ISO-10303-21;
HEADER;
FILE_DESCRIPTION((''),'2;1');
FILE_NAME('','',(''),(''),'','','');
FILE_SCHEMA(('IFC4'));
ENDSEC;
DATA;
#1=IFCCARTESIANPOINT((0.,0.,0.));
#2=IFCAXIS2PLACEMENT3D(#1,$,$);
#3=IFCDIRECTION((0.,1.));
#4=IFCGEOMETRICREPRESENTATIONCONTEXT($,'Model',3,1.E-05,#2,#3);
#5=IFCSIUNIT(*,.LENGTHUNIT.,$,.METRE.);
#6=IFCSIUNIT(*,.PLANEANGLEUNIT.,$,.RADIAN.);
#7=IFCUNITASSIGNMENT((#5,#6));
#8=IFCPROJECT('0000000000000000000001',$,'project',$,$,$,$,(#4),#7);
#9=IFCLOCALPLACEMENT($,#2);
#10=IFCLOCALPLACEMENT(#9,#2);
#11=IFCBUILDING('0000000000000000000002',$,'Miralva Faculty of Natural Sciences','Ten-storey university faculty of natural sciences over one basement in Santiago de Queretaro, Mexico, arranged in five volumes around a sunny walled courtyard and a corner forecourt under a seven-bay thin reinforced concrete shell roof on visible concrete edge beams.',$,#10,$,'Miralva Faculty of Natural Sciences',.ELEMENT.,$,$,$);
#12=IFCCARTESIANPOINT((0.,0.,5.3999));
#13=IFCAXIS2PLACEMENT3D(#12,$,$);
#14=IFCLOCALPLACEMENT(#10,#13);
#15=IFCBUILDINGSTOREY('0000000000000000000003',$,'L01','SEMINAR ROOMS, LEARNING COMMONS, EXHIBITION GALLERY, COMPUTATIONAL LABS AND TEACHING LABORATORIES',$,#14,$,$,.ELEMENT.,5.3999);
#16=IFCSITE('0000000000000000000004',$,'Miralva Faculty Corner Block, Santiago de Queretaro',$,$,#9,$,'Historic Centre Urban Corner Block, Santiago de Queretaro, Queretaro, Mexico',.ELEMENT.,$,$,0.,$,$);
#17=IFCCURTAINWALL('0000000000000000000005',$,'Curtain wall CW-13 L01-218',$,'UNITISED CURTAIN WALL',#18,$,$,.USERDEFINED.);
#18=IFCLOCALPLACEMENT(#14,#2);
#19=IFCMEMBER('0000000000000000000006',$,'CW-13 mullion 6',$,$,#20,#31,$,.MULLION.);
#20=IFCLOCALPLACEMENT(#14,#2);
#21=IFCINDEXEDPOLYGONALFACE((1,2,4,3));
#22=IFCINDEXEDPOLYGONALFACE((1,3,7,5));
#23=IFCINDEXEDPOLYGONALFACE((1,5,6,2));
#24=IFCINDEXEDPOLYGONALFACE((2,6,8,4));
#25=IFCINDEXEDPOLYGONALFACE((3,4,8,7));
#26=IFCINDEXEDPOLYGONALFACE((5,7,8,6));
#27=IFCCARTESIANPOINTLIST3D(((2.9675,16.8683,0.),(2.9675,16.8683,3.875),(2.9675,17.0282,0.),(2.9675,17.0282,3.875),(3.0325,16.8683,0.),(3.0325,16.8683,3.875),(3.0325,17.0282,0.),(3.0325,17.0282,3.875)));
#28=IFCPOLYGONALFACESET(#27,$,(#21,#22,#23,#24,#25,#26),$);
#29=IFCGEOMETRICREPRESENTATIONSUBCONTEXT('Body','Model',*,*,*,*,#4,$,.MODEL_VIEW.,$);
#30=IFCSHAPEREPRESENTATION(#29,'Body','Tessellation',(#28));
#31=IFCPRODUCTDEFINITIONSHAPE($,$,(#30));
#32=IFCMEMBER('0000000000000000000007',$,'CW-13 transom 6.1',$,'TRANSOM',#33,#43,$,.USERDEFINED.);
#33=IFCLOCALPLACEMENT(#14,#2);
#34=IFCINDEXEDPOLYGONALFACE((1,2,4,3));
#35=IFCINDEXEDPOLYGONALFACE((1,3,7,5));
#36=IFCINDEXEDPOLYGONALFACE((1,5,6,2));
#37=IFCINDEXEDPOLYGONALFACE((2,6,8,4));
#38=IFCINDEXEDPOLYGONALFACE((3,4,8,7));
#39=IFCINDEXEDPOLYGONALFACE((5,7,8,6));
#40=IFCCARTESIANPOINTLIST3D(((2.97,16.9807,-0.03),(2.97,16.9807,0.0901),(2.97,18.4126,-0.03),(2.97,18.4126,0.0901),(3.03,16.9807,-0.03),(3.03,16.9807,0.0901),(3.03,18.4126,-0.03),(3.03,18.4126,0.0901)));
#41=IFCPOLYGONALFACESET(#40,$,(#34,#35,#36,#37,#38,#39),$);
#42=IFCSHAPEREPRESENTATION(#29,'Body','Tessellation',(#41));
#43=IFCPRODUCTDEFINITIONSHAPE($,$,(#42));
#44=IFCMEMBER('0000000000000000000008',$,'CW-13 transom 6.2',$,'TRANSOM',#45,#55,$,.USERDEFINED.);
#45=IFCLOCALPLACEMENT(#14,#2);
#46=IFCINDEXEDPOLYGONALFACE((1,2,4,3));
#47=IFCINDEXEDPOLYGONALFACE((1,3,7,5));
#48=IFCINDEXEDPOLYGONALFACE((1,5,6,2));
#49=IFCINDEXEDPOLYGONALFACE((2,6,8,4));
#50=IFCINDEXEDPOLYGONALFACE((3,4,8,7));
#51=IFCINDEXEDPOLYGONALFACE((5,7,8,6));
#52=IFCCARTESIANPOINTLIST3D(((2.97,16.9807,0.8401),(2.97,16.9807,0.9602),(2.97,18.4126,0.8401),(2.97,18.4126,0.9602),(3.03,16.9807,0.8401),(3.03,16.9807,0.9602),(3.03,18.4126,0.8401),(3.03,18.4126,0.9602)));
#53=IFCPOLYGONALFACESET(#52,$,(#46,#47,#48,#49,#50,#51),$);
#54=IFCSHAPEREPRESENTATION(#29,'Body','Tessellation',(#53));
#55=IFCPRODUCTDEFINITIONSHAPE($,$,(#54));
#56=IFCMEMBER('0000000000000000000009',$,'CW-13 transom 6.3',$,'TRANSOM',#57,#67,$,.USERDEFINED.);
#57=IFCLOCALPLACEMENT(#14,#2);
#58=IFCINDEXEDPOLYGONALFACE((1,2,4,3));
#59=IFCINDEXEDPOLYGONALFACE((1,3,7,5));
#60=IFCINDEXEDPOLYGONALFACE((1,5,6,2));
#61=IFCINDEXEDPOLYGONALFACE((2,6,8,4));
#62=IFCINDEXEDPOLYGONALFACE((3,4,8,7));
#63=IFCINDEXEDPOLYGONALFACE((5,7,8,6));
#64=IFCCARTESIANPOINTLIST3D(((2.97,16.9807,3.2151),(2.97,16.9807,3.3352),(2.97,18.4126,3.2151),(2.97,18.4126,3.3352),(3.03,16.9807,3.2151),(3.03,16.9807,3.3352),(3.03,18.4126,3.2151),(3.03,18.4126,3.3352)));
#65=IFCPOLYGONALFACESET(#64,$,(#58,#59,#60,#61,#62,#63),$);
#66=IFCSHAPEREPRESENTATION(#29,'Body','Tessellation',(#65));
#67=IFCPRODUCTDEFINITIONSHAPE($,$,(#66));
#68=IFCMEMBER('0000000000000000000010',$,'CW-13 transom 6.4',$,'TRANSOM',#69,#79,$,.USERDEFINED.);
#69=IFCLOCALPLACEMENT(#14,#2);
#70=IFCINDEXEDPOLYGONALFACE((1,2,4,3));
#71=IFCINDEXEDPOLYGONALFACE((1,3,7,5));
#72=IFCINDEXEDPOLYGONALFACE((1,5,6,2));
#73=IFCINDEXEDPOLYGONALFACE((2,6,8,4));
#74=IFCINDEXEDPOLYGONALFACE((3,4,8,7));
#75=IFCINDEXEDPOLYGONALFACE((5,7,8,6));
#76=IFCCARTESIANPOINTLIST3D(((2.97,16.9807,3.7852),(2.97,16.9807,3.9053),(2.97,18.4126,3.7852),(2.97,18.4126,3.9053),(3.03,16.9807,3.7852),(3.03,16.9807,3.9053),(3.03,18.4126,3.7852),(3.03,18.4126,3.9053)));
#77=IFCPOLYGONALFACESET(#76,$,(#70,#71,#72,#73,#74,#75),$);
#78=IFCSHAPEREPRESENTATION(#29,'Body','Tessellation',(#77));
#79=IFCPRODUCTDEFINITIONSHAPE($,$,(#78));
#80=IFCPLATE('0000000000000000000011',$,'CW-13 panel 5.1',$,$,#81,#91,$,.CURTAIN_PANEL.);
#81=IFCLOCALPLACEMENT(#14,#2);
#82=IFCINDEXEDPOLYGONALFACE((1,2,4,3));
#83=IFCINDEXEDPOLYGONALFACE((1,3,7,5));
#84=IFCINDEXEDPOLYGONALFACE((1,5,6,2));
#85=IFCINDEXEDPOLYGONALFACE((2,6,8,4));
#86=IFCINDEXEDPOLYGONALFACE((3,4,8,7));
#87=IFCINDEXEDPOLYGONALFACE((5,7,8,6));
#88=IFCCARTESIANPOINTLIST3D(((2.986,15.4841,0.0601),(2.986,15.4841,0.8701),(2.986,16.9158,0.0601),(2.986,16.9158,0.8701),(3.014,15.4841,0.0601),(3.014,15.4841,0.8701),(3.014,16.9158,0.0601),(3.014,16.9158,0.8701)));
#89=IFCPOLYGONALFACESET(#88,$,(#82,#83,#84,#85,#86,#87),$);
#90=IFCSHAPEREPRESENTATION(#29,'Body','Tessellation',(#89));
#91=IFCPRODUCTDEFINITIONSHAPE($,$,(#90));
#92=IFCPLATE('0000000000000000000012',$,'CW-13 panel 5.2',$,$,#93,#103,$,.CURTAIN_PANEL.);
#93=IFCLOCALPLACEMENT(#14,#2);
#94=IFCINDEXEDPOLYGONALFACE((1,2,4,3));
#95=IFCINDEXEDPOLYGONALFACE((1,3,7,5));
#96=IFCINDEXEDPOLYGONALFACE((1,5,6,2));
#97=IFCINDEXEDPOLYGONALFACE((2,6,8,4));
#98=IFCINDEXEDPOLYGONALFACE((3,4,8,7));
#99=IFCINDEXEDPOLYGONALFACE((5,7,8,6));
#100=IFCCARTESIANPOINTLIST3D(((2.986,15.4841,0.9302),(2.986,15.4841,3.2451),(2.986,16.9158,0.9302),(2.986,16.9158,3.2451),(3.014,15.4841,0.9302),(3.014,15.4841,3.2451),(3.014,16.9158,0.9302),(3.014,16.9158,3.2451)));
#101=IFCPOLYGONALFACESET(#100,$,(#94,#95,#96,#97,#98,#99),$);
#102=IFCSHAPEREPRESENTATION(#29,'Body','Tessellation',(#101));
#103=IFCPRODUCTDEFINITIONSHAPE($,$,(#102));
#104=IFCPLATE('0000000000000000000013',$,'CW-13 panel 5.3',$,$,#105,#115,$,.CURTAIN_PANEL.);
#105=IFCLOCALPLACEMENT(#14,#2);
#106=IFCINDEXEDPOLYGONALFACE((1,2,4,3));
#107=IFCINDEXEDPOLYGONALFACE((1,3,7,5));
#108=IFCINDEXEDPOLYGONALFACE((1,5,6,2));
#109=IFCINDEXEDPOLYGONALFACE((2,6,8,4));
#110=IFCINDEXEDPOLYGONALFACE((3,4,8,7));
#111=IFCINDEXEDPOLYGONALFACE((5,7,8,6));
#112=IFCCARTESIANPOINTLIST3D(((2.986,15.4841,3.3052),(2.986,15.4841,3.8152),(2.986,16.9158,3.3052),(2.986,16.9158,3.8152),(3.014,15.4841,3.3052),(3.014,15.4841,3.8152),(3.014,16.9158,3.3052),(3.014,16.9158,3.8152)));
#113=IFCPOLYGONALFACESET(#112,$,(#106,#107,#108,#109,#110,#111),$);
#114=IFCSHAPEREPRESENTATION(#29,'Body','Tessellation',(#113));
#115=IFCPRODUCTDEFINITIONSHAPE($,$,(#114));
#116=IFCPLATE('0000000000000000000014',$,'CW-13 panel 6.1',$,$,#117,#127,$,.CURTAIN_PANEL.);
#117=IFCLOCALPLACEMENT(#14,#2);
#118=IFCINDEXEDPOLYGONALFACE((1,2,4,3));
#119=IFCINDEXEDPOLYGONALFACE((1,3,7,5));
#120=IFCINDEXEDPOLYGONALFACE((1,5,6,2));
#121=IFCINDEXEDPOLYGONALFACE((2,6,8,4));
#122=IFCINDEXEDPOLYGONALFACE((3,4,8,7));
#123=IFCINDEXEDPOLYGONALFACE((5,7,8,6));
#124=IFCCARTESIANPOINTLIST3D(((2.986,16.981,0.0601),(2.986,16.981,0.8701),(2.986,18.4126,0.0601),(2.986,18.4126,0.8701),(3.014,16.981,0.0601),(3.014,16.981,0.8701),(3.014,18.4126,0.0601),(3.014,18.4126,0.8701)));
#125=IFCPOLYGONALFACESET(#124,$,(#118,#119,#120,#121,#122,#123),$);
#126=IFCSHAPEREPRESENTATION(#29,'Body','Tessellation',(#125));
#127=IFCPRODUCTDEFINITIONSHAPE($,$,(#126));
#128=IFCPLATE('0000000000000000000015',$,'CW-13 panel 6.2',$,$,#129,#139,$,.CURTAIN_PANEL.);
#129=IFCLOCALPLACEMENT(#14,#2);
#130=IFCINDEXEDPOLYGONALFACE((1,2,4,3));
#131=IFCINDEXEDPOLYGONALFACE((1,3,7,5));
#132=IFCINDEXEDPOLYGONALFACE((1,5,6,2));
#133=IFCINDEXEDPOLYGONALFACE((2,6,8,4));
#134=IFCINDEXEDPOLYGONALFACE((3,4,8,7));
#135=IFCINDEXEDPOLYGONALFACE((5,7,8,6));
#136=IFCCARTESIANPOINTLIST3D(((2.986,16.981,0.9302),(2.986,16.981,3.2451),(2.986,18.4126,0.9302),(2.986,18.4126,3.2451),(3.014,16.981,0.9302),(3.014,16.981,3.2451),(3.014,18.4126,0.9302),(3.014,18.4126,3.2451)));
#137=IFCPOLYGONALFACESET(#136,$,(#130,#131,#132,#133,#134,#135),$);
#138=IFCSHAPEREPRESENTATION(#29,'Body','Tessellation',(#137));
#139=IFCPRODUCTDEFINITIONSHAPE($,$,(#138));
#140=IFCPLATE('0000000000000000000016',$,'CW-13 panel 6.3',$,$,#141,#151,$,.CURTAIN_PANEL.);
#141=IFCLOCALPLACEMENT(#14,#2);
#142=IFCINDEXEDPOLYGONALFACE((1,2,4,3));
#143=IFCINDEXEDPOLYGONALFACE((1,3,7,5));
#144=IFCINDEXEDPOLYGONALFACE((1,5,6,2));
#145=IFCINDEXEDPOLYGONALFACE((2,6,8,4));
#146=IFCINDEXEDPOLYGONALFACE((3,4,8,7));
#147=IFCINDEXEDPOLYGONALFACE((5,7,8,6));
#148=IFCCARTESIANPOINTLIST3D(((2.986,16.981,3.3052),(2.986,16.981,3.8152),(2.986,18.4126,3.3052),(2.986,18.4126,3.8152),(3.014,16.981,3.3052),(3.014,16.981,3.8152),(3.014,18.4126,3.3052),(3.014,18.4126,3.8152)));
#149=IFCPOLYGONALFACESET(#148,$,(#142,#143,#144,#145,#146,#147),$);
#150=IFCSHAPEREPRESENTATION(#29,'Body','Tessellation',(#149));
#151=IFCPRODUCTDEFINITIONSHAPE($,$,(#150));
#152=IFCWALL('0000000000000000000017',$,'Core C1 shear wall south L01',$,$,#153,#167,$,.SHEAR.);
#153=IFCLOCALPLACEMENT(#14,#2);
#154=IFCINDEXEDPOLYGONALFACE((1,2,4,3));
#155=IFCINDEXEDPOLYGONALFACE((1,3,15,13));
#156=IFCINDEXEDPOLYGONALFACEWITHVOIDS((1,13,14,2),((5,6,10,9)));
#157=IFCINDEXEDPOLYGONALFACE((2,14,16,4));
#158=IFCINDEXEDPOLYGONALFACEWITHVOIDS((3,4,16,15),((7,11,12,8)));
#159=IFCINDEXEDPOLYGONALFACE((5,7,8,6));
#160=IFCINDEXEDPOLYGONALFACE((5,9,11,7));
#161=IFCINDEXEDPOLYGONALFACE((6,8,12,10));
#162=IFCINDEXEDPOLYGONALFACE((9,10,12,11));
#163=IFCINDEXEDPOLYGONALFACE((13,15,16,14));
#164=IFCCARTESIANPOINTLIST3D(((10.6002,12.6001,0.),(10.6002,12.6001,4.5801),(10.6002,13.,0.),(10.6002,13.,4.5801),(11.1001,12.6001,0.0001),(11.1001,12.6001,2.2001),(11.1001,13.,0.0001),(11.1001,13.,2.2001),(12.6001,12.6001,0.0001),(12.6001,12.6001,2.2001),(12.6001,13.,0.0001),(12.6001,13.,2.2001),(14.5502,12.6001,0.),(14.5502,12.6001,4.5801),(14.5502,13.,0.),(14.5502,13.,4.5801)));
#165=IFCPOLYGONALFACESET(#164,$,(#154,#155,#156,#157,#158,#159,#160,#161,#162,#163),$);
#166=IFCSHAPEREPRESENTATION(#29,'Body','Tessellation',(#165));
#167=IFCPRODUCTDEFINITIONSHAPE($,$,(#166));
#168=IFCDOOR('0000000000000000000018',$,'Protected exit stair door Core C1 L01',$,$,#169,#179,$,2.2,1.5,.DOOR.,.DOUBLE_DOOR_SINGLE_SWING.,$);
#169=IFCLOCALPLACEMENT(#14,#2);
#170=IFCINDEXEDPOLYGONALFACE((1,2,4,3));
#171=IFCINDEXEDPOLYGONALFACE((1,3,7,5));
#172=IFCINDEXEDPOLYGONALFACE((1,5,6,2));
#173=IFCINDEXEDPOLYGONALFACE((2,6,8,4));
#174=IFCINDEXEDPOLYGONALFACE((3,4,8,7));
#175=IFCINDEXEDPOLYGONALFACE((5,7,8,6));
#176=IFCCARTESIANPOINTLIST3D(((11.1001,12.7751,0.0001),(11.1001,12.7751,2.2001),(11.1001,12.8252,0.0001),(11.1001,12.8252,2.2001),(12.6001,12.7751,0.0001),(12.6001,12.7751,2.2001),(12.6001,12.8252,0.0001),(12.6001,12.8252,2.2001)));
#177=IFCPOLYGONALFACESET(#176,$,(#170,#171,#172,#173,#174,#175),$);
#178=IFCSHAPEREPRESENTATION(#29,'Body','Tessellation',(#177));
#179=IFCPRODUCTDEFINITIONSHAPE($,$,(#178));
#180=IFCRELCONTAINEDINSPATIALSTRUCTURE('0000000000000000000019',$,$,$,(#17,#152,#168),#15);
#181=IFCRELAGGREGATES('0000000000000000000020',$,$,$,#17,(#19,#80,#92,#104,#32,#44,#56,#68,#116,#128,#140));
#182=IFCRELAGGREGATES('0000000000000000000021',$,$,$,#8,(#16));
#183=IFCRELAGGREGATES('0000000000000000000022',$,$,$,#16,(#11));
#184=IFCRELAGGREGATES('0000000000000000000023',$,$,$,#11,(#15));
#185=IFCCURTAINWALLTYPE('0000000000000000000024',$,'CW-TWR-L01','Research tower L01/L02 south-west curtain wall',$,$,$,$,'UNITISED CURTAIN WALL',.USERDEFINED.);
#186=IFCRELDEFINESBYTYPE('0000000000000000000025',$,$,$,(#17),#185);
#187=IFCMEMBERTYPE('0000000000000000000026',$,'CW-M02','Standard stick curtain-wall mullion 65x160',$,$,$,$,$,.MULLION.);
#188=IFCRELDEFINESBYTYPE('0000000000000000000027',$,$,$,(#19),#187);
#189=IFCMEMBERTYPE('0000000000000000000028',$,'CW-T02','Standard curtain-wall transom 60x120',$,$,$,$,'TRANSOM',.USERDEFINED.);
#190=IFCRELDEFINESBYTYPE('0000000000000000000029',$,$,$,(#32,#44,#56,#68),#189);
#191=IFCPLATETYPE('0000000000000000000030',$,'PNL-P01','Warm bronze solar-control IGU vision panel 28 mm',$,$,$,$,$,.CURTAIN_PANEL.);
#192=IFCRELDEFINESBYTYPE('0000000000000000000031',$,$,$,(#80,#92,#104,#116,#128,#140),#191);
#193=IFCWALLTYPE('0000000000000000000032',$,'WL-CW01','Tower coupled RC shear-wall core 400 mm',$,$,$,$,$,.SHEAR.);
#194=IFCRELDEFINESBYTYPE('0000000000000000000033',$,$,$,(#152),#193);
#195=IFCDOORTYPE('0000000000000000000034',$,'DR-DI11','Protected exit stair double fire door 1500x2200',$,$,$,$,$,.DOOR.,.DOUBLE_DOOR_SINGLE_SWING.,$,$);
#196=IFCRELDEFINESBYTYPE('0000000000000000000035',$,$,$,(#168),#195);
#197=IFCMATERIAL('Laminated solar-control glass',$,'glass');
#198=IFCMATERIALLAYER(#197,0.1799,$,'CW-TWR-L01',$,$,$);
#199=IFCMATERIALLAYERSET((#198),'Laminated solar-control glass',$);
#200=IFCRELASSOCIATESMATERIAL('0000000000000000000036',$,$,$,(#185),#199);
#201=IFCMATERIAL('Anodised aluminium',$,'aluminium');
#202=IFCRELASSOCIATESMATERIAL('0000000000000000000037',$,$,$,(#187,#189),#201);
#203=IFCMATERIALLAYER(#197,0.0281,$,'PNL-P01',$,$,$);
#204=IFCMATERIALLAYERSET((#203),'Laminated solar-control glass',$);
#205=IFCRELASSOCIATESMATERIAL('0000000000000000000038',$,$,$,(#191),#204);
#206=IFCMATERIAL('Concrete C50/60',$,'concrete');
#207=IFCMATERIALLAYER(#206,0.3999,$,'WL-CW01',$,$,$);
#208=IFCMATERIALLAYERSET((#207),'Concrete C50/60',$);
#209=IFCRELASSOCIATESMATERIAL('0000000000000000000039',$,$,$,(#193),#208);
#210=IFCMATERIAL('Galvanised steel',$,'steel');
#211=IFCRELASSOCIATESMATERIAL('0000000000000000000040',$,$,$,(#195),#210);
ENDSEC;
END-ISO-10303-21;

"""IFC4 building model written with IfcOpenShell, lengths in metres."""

from ifc_helpers import new_model, si_unit, direction, frame, frame_2d, origin, origin_2d, place, context, subcontext, project, spatial, rectangle, extrude, material, layer, layer_set, material_profile, profile_set, type_object, element, fill, aggregate, save


model = new_model("IFC4")

# Units and contexts
model_context = context("Model", 3, precision=1e-05, world=origin(), true_north=direction((0.0, 1.0)))
body_context = subcontext(model_context, "Body", "Model", "MODEL_VIEW")
ifc_project = project(units=[si_unit("LENGTHUNIT", "METRE"), si_unit("PLANEANGLEUNIT", "RADIAN")], contexts=[model_context])

# Site, building, storey
site_placement = place(None, origin())
site = spatial("IfcSite", under=ifc_project, at=site_placement, Name="Miralva Faculty Corner Block, Santiago de Queretaro", LongName="Historic Centre Urban Corner Block, Santiago de Queretaro, Queretaro, Mexico", CompositionType="ELEMENT", RefElevation=0.0)
building_placement = place(site_placement, origin())
building = spatial("IfcBuilding", under=site, at=building_placement, Name="Miralva Faculty of Natural Sciences", Description="Ten-storey university faculty of natural sciences over one basement in Santiago de Queretaro, Mexico, arranged in five volumes around a sunny walled courtyard and a corner forecourt under a seven-bay thin reinforced concrete shell roof on visible concrete edge beams.", LongName="Miralva Faculty of Natural Sciences", CompositionType="ELEMENT")
storey_placement = place(building_placement, frame((0.0, 0.0, 5.3999)))
storey = spatial("IfcBuildingStorey", under=building, at=storey_placement, Name="L01", Description="SEMINAR ROOMS, LEARNING COMMONS, EXHIBITION GALLERY, COMPUTATIONAL LABS AND TEACHING LABORATORIES", CompositionType="ELEMENT", Elevation=5.3999)

# Curtain wall, members, plates
ifc_material_1 = material(Name="Laminated solar-control glass", Category="glass")
ifc_layer_1 = layer(ifc_material_1, 0.1799, Name="CW-TWR-L01")
ifc_layer_set_1 = layer_set([ifc_layer_1], Name="Laminated solar-control glass")
curtain_wall_type = type_object("IfcCurtainWallType", Name="CW-TWR-L01", Description="Research tower L01/L02 south-west curtain wall", ElementType="UNITISED CURTAIN WALL", PredefinedType="USERDEFINED", material=ifc_layer_set_1)
curtain_wall_placement = place(storey_placement, origin())
curtain_wall = element("IfcCurtainWall", 1, at=curtain_wall_placement, inside=storey, type_object=curtain_wall_type, Name="Curtain wall CW-13 L01-218", ObjectType="UNITISED CURTAIN WALL", PredefinedType="USERDEFINED")
ifc_material_2 = material(Name="Anodised aluminium", Category="aluminium")
ifc_material_profile_1 = material_profile(ifc_material_2, rectangle(XDim=0.0649, YDim=0.1599, at=origin_2d()), Name="MULLION 65x160")
ifc_profile_set_1 = profile_set([ifc_material_profile_1], Name="Anodised aluminium")
member_type_1 = type_object("IfcMemberType", Name="CW-M02", Description="Standard stick curtain-wall mullion 65x160", PredefinedType="MULLION", material=ifc_profile_set_1)
member_1_placement = place(storey_placement, frame((3.0, 16.9482, 0.0), z_axis=(0.0, 0.0, 1.0), x_axis=(-1.0, 0.0, 0.0)))
member_1 = element("IfcMember", 2, at=member_1_placement, type_object=member_type_1, Name="CW-13 mullion 6", PredefinedType="MULLION", context=body_context, shape_type="SweptSolid", body=[
    extrude(rectangle(XDim=0.0649, YDim=0.1599, at=origin_2d()), origin(), (0.0, 0.0, 1.0), 3.875),
])
ifc_material_profile_2 = material_profile(ifc_material_2, rectangle(XDim=0.0601, YDim=0.1201, at=origin_2d()), Name="TRANSOM 60x120")
ifc_profile_set_2 = profile_set([ifc_material_profile_2], Name="Anodised aluminium")
member_type_2 = type_object("IfcMemberType", Name="CW-T02", Description="Standard curtain-wall transom 60x120", ElementType="TRANSOM", PredefinedType="USERDEFINED", material=ifc_profile_set_2)
member_2_placement = place(storey_placement, frame((3.0, 16.9807, 0.03), z_axis=(0.0, 1.0, 0.0), x_axis=(-1.0, 0.0, 0.0)))
member_2 = element("IfcMember", 3, at=member_2_placement, type_object=member_type_2, Name="CW-13 transom 6.1", ObjectType="TRANSOM", PredefinedType="USERDEFINED", context=body_context, shape_type="SweptSolid", body=[
    extrude(rectangle(XDim=0.0601, YDim=0.1201, at=origin_2d()), origin(), (0.0, 0.0, 1.0), 1.4319),
])
member_3_placement = place(storey_placement, frame((3.0, 16.9807, 0.9001), z_axis=(0.0, 1.0, 0.0), x_axis=(-1.0, 0.0, 0.0)))
member_3 = element("IfcMember", 4, at=member_3_placement, type_object=member_type_2, Name="CW-13 transom 6.2", ObjectType="TRANSOM", PredefinedType="USERDEFINED", context=body_context, shape_type="SweptSolid", body=[
    extrude(rectangle(XDim=0.0601, YDim=0.1201, at=origin_2d()), origin(), (0.0, 0.0, 1.0), 1.4319),
])
member_4_placement = place(storey_placement, frame((3.0, 16.9807, 3.2751), z_axis=(0.0, 1.0, 0.0), x_axis=(-1.0, 0.0, 0.0)))
member_4 = element("IfcMember", 5, at=member_4_placement, type_object=member_type_2, Name="CW-13 transom 6.3", ObjectType="TRANSOM", PredefinedType="USERDEFINED", context=body_context, shape_type="SweptSolid", body=[
    extrude(rectangle(XDim=0.0601, YDim=0.1201, at=origin_2d()), origin(), (0.0, 0.0, 1.0), 1.4319),
])
member_5_placement = place(storey_placement, frame((3.0, 16.9807, 3.8452), z_axis=(0.0, 1.0, 0.0), x_axis=(-1.0, 0.0, 0.0)))
member_5 = element("IfcMember", 6, at=member_5_placement, type_object=member_type_2, Name="CW-13 transom 6.4", ObjectType="TRANSOM", PredefinedType="USERDEFINED", context=body_context, shape_type="SweptSolid", body=[
    extrude(rectangle(XDim=0.0601, YDim=0.1201, at=origin_2d()), origin(), (0.0, 0.0, 1.0), 1.4319),
])
ifc_layer_2 = layer(ifc_material_1, 0.0281, Name="PNL-P01")
ifc_layer_set_2 = layer_set([ifc_layer_2], Name="Laminated solar-control glass")
plate_type = type_object("IfcPlateType", Name="PNL-P01", Description="Warm bronze solar-control IGU vision panel 28 mm", PredefinedType="CURTAIN_PANEL", material=ifc_layer_set_2)
plate_1_placement = place(storey_placement, frame((3.0, 16.2, 0.0601), z_axis=(0.0, 0.0, 1.0), x_axis=(0.0, 1.0, 0.0)))
plate_1 = element("IfcPlate", 7, at=plate_1_placement, type_object=plate_type, Name="CW-13 panel 5.1", PredefinedType="CURTAIN_PANEL", context=body_context, shape_type="SweptSolid", body=[
    extrude(rectangle(XDim=1.4316, YDim=0.0281, at=origin_2d()), origin(), (0.0, 0.0, 1.0), 0.8101),
])
plate_2_placement = place(storey_placement, frame((3.0, 16.2, 0.9302), z_axis=(0.0, 0.0, 1.0), x_axis=(0.0, 1.0, 0.0)))
plate_2 = element("IfcPlate", 8, at=plate_2_placement, type_object=plate_type, Name="CW-13 panel 5.2", PredefinedType="CURTAIN_PANEL", context=body_context, shape_type="SweptSolid", body=[
    extrude(rectangle(XDim=1.4316, YDim=0.0281, at=origin_2d()), origin(), (0.0, 0.0, 1.0), 2.3149),
])
plate_3_placement = place(storey_placement, frame((3.0, 16.2, 3.3052), z_axis=(0.0, 0.0, 1.0), x_axis=(0.0, 1.0, 0.0)))
plate_3 = element("IfcPlate", 9, at=plate_3_placement, type_object=plate_type, Name="CW-13 panel 5.3", PredefinedType="CURTAIN_PANEL", context=body_context, shape_type="SweptSolid", body=[
    extrude(rectangle(XDim=1.4316, YDim=0.0281, at=origin_2d()), origin(), (0.0, 0.0, 1.0), 0.51),
])
plate_4_placement = place(storey_placement, frame((3.0, 17.6968, 0.0601), z_axis=(0.0, 0.0, 1.0), x_axis=(0.0, 1.0, 0.0)))
plate_4 = element("IfcPlate", 10, at=plate_4_placement, type_object=plate_type, Name="CW-13 panel 6.1", PredefinedType="CURTAIN_PANEL", context=body_context, shape_type="SweptSolid", body=[
    extrude(rectangle(XDim=1.4316, YDim=0.0281, at=origin_2d()), origin(), (0.0, 0.0, 1.0), 0.8101),
])
plate_5_placement = place(storey_placement, frame((3.0, 17.6968, 0.9302), z_axis=(0.0, 0.0, 1.0), x_axis=(0.0, 1.0, 0.0)))
plate_5 = element("IfcPlate", 11, at=plate_5_placement, type_object=plate_type, Name="CW-13 panel 6.2", PredefinedType="CURTAIN_PANEL", context=body_context, shape_type="SweptSolid", body=[
    extrude(rectangle(XDim=1.4316, YDim=0.0281, at=origin_2d()), origin(), (0.0, 0.0, 1.0), 2.3149),
])
plate_6_placement = place(storey_placement, frame((3.0, 17.6968, 3.3052), z_axis=(0.0, 0.0, 1.0), x_axis=(0.0, 1.0, 0.0)))
plate_6 = element("IfcPlate", 12, at=plate_6_placement, type_object=plate_type, Name="CW-13 panel 6.3", PredefinedType="CURTAIN_PANEL", context=body_context, shape_type="SweptSolid", body=[
    extrude(rectangle(XDim=1.4316, YDim=0.0281, at=origin_2d()), origin(), (0.0, 0.0, 1.0), 0.51),
])
aggregate(curtain_wall, [member_1, plate_1, plate_2, plate_3, member_2, member_3, member_4, member_5, plate_4, plate_5, plate_6])

# Wall, opening, door
ifc_material_3 = material(Name="Concrete C50/60", Category="concrete")
ifc_layer_3 = layer(ifc_material_3, 0.3999, Name="WL-CW01")
ifc_layer_set_3 = layer_set([ifc_layer_3], Name="Concrete C50/60")
wall_type_1 = type_object("IfcWallType", Name="WL-CW01", Description="Tower coupled RC shear-wall core 400 mm", PredefinedType="SHEAR", material=ifc_layer_set_3)
wall_1_placement = place(storey_placement, frame((10.6001, 12.8, 0.0), z_axis=(0.0, 0.0, 1.0), x_axis=(1.0, 0.0, 0.0)))
wall_1 = element("IfcWall", 13, at=wall_1_placement, inside=storey, type_object=wall_type_1, Name="Core C1 shear wall south L01", PredefinedType="SHEAR", context=body_context, shape_type="SweptSolid", body=[
    extrude(rectangle(XDim=3.95, YDim=0.3999, at=frame_2d((1.9751, 0.0))), origin(), (0.0, 0.0, 1.0), 4.5801),
])
opening_1_placement = place(wall_1_placement, frame((0.5, 0.0, 0.0)))
opening_1 = element("IfcOpeningElement", 14, at=opening_1_placement, cuts=wall_1, PredefinedType="OPENING", context=body_context, shape_type="SweptSolid", body=[
    extrude(rectangle(XDim=1.5, YDim=2.2, at=frame_2d((0.75, 1.1001))), frame((0.0, 0.21, 0.0), z_axis=(0.0, -1.0, 0.0), x_axis=(1.0, 0.0, 0.0)), (0.0, 0.0, 1.0), 0.4199),
])
ifc_material_4 = material(Name="Galvanised steel", Category="steel")
door_type_1 = type_object("IfcDoorType", Name="DR-DI11", Description="Protected exit stair double fire door 1500x2200", OperationType="DOUBLE_DOOR_SINGLE_SWING", PredefinedType="DOOR", material=ifc_material_4)
door_1_placement = place(opening_1_placement, frame((1.5, 0.0, 0.0), z_axis=(0.0, 0.0, 1.0), x_axis=(-1.0, 0.0, 0.0)))
door_1 = element("IfcDoor", 15, at=door_1_placement, inside=storey, type_object=door_type_1, Name="Protected exit stair door Core C1 L01", OperationType="DOUBLE_DOOR_SINGLE_SWING", OverallHeight=2.2, OverallWidth=1.5, PredefinedType="DOOR", context=body_context, shape_type="SweptSolid", body=[
    extrude(rectangle(XDim=1.5, YDim=2.2, at=frame_2d((0.75, 1.1001))), frame((0.0, 0.0249, 0.0), z_axis=(0.0, -1.0, 0.0), x_axis=(1.0, 0.0, 0.0)), (0.0, 0.0, 1.0), 0.05),
])
fill(opening_1, door_1)

save(model, "model.ifc")
